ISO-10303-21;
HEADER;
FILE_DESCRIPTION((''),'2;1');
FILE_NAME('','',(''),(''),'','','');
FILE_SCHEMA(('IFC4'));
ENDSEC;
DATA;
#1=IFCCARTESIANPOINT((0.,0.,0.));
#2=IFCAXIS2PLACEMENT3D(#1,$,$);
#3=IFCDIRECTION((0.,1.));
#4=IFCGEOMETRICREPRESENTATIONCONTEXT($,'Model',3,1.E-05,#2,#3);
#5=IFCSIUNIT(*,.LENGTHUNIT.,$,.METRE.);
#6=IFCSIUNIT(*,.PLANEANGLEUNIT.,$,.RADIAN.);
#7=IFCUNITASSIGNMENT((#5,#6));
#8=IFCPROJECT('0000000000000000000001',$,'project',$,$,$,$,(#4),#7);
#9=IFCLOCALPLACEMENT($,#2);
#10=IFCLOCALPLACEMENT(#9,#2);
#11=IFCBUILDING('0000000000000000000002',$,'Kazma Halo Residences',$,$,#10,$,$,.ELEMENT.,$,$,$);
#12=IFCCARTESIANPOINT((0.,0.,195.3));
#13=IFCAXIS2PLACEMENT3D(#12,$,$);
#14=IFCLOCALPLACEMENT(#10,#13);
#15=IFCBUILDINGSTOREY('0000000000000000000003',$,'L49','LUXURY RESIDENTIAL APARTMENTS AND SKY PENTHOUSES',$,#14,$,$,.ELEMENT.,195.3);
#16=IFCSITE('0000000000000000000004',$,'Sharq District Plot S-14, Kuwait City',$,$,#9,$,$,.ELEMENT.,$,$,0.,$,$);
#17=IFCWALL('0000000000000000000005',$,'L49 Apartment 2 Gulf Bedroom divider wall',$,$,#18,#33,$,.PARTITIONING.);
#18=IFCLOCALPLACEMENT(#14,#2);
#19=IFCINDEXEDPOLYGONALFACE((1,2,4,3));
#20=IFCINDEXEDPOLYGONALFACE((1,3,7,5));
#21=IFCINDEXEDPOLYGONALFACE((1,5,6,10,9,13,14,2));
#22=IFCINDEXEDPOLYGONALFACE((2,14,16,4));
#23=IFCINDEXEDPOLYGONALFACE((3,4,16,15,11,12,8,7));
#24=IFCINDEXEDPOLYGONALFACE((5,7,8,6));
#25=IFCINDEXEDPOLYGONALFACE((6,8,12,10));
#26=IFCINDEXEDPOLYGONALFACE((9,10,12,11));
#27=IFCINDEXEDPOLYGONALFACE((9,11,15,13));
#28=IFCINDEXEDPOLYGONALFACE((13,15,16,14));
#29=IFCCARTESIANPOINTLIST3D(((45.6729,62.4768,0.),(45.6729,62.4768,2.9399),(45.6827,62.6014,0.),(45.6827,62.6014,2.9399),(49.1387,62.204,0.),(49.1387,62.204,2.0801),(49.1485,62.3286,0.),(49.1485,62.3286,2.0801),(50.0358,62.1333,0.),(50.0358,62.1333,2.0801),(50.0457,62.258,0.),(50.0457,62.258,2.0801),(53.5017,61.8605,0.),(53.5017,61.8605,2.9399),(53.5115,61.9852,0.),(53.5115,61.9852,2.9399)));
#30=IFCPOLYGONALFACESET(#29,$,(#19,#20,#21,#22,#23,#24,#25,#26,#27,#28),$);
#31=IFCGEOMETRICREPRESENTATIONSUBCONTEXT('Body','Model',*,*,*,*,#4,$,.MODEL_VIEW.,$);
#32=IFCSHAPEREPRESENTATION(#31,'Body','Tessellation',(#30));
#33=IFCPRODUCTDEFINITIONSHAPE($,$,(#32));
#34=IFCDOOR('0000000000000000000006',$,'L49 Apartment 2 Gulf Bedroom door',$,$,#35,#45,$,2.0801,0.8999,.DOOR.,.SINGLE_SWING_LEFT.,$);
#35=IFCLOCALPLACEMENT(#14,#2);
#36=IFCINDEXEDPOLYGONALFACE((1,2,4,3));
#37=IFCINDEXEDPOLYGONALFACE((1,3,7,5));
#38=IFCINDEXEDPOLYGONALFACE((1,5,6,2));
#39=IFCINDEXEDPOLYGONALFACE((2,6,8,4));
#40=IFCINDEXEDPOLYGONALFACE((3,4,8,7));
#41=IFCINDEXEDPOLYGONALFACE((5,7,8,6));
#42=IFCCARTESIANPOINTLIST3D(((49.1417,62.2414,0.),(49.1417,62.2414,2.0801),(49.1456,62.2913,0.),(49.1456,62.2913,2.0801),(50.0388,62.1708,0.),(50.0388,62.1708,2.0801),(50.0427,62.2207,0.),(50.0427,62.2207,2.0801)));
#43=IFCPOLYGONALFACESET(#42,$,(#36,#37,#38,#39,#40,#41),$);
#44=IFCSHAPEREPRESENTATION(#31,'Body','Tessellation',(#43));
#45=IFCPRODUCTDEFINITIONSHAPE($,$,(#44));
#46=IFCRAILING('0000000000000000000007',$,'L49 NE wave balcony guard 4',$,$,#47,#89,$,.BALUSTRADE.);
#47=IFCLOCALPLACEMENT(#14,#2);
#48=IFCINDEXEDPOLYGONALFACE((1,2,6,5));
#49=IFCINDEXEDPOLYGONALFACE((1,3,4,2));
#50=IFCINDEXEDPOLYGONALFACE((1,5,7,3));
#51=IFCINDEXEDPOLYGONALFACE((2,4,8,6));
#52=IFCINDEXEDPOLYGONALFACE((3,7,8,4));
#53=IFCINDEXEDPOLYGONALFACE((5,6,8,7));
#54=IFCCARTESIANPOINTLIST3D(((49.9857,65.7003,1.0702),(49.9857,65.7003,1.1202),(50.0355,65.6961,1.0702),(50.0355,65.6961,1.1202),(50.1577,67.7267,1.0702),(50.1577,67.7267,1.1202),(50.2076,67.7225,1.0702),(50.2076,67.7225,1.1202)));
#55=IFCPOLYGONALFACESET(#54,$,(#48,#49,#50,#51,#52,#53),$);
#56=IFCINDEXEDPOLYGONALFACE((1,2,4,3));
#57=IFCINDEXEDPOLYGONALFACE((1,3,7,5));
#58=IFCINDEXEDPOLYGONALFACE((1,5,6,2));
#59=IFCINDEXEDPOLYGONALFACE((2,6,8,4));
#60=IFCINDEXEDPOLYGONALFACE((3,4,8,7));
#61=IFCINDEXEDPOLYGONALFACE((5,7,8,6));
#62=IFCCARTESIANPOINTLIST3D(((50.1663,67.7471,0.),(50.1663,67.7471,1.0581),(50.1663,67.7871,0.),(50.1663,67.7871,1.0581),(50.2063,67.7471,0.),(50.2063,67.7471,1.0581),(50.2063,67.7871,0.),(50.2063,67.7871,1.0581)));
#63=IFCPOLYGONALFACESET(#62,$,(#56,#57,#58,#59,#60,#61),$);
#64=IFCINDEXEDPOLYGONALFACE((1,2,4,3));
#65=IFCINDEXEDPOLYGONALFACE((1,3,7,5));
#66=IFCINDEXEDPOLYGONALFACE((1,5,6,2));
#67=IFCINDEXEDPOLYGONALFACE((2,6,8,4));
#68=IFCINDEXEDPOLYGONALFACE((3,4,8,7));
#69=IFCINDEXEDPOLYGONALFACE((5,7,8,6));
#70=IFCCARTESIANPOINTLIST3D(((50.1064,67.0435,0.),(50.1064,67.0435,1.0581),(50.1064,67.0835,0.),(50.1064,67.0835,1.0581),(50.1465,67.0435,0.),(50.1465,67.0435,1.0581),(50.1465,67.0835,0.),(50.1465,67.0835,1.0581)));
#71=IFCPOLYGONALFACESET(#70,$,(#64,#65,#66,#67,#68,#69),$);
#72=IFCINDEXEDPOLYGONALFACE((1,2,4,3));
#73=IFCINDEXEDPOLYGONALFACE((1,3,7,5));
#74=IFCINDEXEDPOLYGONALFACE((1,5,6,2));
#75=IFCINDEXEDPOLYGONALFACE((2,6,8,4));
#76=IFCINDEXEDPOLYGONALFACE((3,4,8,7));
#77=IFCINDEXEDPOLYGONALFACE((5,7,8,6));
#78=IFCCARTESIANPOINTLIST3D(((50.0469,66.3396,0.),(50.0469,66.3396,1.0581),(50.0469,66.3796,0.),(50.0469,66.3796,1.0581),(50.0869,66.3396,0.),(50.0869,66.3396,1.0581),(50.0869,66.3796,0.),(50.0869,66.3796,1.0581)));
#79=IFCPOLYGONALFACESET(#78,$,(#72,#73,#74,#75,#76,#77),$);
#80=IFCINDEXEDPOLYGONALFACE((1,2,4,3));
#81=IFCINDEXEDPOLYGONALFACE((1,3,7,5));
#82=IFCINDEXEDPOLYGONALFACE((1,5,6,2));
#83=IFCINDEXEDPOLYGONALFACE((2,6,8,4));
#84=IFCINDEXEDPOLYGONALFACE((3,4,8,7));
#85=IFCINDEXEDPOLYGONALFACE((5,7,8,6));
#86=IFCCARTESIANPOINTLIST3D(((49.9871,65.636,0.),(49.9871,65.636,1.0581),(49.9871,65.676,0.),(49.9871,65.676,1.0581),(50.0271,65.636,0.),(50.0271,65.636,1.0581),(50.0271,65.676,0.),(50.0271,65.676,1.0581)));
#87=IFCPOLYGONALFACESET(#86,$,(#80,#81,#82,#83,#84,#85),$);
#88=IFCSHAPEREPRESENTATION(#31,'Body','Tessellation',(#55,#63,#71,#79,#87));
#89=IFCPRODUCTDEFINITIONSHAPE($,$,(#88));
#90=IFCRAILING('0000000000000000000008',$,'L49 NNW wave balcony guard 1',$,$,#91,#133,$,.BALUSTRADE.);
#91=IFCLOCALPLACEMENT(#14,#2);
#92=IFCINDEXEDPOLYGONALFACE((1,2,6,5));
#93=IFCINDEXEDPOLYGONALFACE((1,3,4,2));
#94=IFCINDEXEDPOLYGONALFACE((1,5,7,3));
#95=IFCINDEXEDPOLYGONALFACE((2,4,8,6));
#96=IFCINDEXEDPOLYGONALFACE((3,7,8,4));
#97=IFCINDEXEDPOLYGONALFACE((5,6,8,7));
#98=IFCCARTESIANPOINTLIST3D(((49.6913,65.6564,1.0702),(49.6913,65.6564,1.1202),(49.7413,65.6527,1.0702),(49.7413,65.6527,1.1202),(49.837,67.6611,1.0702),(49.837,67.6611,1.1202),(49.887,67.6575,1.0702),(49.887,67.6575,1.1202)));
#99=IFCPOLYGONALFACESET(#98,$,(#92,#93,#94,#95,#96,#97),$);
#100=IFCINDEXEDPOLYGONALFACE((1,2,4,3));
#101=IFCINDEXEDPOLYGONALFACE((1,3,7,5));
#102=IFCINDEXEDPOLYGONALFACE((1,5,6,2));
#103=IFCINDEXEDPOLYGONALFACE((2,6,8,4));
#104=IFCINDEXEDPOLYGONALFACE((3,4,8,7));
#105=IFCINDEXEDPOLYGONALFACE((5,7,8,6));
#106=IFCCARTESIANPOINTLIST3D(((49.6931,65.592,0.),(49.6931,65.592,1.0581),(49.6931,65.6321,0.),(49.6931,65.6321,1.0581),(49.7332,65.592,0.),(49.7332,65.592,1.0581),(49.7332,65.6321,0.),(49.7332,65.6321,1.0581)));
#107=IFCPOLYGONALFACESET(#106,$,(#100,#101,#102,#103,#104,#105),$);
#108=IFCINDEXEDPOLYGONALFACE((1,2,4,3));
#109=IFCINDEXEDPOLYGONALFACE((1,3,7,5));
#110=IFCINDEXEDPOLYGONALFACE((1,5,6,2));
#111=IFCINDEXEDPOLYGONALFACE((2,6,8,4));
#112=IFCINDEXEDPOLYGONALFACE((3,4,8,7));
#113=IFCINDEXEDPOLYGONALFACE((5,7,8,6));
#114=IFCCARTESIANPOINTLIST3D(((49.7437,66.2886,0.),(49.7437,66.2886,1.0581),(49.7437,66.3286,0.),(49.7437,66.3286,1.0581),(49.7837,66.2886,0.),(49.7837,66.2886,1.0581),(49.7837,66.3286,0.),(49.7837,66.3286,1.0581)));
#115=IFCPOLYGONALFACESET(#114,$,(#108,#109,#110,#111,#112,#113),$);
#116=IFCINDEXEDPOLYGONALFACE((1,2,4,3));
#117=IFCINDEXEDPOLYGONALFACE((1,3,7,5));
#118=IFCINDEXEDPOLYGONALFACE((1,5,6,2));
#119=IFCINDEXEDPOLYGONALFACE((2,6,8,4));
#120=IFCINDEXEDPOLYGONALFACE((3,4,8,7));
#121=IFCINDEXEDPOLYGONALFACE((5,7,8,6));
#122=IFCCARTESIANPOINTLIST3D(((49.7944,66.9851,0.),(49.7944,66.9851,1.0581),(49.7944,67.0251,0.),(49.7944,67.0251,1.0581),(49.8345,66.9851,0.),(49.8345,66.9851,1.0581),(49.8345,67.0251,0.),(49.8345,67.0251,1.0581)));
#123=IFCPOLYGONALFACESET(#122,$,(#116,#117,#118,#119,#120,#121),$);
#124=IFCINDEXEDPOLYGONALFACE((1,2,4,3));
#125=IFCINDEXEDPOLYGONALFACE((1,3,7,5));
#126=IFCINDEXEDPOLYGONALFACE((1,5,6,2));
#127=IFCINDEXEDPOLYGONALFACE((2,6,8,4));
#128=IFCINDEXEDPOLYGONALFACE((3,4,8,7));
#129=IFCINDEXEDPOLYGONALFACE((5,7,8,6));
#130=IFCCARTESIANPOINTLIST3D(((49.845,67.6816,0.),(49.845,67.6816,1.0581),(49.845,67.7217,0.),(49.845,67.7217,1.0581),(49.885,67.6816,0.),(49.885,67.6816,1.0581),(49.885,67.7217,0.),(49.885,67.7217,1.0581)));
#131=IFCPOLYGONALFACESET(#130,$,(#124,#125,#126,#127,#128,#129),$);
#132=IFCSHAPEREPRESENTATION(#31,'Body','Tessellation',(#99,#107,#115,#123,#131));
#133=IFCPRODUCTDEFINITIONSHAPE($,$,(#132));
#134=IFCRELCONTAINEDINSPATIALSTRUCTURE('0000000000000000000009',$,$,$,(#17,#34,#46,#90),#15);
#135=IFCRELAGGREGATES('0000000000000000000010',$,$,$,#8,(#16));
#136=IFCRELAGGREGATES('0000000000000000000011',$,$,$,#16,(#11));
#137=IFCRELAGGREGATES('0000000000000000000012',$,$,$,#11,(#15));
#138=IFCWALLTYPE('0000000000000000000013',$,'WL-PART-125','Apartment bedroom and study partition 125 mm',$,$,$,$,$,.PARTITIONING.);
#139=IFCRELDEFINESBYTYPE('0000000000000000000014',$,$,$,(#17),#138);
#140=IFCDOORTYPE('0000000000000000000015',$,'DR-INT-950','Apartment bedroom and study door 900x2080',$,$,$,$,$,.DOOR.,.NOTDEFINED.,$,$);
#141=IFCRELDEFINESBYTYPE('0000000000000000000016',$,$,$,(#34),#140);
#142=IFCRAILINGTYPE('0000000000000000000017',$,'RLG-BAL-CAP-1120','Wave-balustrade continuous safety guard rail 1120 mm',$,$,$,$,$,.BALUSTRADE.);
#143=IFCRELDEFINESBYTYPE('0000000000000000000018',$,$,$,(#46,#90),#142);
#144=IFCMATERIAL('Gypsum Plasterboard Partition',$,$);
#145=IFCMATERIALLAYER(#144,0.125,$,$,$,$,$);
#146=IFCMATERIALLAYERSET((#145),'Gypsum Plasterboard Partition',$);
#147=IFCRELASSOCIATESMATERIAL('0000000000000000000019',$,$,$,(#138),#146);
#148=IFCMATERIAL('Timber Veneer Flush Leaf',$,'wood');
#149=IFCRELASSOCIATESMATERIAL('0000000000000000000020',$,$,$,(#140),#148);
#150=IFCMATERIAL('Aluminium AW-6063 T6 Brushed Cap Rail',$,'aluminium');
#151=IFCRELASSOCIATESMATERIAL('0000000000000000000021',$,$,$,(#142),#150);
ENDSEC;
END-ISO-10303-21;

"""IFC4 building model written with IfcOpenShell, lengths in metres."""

from ifc_helpers import new_model, si_unit, direction, frame, frame_2d, origin, origin_2d, place, context, subcontext, project, spatial, rectangle, extrude, material, layer, layer_set, type_object, element, fill, save


model = new_model("IFC4")

# Units and contexts
model_context = context("Model", 3, precision=1e-05, world=origin(), true_north=direction((0.0, 1.0)))
body_context = subcontext(model_context, "Body", "Model", "MODEL_VIEW")
ifc_project = project(units=[si_unit("LENGTHUNIT", "METRE"), si_unit("PLANEANGLEUNIT", "RADIAN")], contexts=[model_context])

# Site, building, storey
site_placement = place(None, origin())
site = spatial("IfcSite", under=ifc_project, at=site_placement, Name="Sharq District Plot S-14, Kuwait City", CompositionType="ELEMENT", RefElevation=0.0)
building_placement = place(site_placement, origin())
building = spatial("IfcBuilding", under=site, at=building_placement, Name="Kazma Halo Residences", CompositionType="ELEMENT")
storey_placement = place(building_placement, frame((0.0, 0.0, 195.3)))
storey = spatial("IfcBuildingStorey", under=building, at=storey_placement, Name="L49", Description="LUXURY RESIDENTIAL APARTMENTS AND SKY PENTHOUSES", CompositionType="ELEMENT", Elevation=195.3)

# Shared definitions
ifc_material_1 = material(Name="Gypsum Plasterboard Partition")
ifc_layer_1 = layer(ifc_material_1, 0.125)
ifc_layer_set_1 = layer_set([ifc_layer_1], Name="Gypsum Plasterboard Partition")
wall_type_1 = type_object("IfcWallType", Name="WL-PART-125", Description="Apartment bedroom and study partition 125 mm", PredefinedType="PARTITIONING", material=ifc_layer_set_1)

# Wall, opening, door
ifc_material_2 = material(Name="Timber Veneer Flush Leaf", Category="wood")
door_type_1 = type_object("IfcDoorType", Name="DR-INT-950", Description="Apartment bedroom and study door 900x2080", OperationType="NOTDEFINED", PredefinedType="DOOR", material=ifc_material_2)
wall_1_placement = place(storey_placement, frame((53.5066, 61.9229, 0.0), z_axis=(0.0, 0.0, 1.0), x_axis=(-0.996917, 0.078468, 0.0)))
wall_1 = element("IfcWall", 1, at=wall_1_placement, inside=storey, type_object=wall_type_1, Name="L49 Apartment 2 Gulf Bedroom divider wall", PredefinedType="PARTITIONING", context=body_context, shape_type="SweptSolid", body=[
    extrude(rectangle(XDim=7.853, YDim=0.125, at=frame_2d((3.9265, 0.0))), origin(), (0.0, 0.0, 1.0), 2.9399),
])
opening_1_placement = place(wall_1_placement, frame((3.4766, 0.0, 0.0)))
opening_1 = element("IfcOpeningElement", 2, at=opening_1_placement, cuts=wall_1, PredefinedType="OPENING", context=body_context, shape_type="SweptSolid", body=[
    extrude(rectangle(XDim=0.8999, YDim=2.0801, at=frame_2d((0.45, 1.04))), frame((0.0, 0.0725, 0.0), z_axis=(0.0, -1.0, 0.0), x_axis=(1.0, 0.0, 0.0)), (0.0, 0.0, 1.0), 0.145),
])
door_1_placement = place(opening_1_placement, origin())
door_1 = element("IfcDoor", 3, at=door_1_placement, inside=storey, type_object=door_type_1, Name="L49 Apartment 2 Gulf Bedroom door", OperationType="SINGLE_SWING_LEFT", OverallHeight=2.0801, OverallWidth=0.8999, PredefinedType="DOOR", context=body_context, shape_type="SweptSolid", body=[
    extrude(rectangle(XDim=0.8999, YDim=2.0801, at=frame_2d((0.45, 1.04))), frame((0.0, 0.0249, 0.0), z_axis=(0.0, -1.0, 0.0), x_axis=(1.0, 0.0, 0.0)), (0.0, 0.0, 1.0), 0.05),
])
fill(opening_1, door_1)

# Railings
ifc_material_3 = material(Name="Aluminium AW-6063 T6 Brushed Cap Rail", Category="aluminium")
railing_type = type_object("IfcRailingType", Name="RLG-BAL-CAP-1120", Description="Wave-balustrade continuous safety guard rail 1120 mm", PredefinedType="BALUSTRADE", material=ifc_material_3)
railing_1_placement = place(storey_placement, frame((50.1863, 67.7671, 0.0)))
element("IfcRailing", 4, at=railing_1_placement, inside=storey, type_object=railing_type, Name="L49 NE wave balcony guard 4", PredefinedType="BALUSTRADE", context=body_context, shape_type="SweptSolid", body=[
    extrude(rectangle(XDim=0.05, YDim=0.05, at=origin_2d()), frame((-0.0037, -0.0425, 1.0952), z_axis=(-0.084581, -0.996417, 0.0), x_axis=(0.996417, -0.084581, 0.0)), (0.0, 0.0, 1.0), 2.0337),
    extrude(rectangle(XDim=0.04, YDim=0.04, at=origin_2d()), origin(), (0.0, 0.0, 1.0), 1.0581),
    extrude(rectangle(XDim=0.04, YDim=0.04, at=origin_2d()), frame((-0.0598, -0.7036, 0.0)), (0.0, 0.0, 1.0), 1.0581),
    extrude(rectangle(XDim=0.04, YDim=0.04, at=origin_2d()), frame((-0.1194, -1.4075, 0.0)), (0.0, 0.0, 1.0), 1.0581),
    extrude(rectangle(XDim=0.04, YDim=0.04, at=origin_2d()), frame((-0.1792, -2.1111, 0.0)), (0.0, 0.0, 1.0), 1.0581),
])
railing_2_placement = place(storey_placement, frame((49.7131, 65.6121, 0.0)))
element("IfcRailing", 5, at=railing_2_placement, inside=storey, type_object=railing_type, Name="L49 NNW wave balcony guard 1", PredefinedType="BALUSTRADE", context=body_context, shape_type="SweptSolid", body=[
    extrude(rectangle(XDim=0.05, YDim=0.05, at=origin_2d()), frame((0.0032, 0.0425, 1.0952), z_axis=(0.072481, 0.99737, 0.0), x_axis=(-0.99737, 0.072481, 0.0)), (0.0, 0.0, 1.0), 2.01),
    extrude(rectangle(XDim=0.04, YDim=0.04, at=origin_2d()), origin(), (0.0, 0.0, 1.0), 1.0581),
    extrude(rectangle(XDim=0.04, YDim=0.04, at=origin_2d()), frame((0.0505, 0.6965, 0.0)), (0.0, 0.0, 1.0), 1.0581),
    extrude(rectangle(XDim=0.04, YDim=0.04, at=origin_2d()), frame((0.1013, 1.3931, 0.0)), (0.0, 0.0, 1.0), 1.0581),
    extrude(rectangle(XDim=0.04, YDim=0.04, at=origin_2d()), frame((0.1519, 2.0896, 0.0)), (0.0, 0.0, 1.0), 1.0581),
])

save(model, "model.ifc")
